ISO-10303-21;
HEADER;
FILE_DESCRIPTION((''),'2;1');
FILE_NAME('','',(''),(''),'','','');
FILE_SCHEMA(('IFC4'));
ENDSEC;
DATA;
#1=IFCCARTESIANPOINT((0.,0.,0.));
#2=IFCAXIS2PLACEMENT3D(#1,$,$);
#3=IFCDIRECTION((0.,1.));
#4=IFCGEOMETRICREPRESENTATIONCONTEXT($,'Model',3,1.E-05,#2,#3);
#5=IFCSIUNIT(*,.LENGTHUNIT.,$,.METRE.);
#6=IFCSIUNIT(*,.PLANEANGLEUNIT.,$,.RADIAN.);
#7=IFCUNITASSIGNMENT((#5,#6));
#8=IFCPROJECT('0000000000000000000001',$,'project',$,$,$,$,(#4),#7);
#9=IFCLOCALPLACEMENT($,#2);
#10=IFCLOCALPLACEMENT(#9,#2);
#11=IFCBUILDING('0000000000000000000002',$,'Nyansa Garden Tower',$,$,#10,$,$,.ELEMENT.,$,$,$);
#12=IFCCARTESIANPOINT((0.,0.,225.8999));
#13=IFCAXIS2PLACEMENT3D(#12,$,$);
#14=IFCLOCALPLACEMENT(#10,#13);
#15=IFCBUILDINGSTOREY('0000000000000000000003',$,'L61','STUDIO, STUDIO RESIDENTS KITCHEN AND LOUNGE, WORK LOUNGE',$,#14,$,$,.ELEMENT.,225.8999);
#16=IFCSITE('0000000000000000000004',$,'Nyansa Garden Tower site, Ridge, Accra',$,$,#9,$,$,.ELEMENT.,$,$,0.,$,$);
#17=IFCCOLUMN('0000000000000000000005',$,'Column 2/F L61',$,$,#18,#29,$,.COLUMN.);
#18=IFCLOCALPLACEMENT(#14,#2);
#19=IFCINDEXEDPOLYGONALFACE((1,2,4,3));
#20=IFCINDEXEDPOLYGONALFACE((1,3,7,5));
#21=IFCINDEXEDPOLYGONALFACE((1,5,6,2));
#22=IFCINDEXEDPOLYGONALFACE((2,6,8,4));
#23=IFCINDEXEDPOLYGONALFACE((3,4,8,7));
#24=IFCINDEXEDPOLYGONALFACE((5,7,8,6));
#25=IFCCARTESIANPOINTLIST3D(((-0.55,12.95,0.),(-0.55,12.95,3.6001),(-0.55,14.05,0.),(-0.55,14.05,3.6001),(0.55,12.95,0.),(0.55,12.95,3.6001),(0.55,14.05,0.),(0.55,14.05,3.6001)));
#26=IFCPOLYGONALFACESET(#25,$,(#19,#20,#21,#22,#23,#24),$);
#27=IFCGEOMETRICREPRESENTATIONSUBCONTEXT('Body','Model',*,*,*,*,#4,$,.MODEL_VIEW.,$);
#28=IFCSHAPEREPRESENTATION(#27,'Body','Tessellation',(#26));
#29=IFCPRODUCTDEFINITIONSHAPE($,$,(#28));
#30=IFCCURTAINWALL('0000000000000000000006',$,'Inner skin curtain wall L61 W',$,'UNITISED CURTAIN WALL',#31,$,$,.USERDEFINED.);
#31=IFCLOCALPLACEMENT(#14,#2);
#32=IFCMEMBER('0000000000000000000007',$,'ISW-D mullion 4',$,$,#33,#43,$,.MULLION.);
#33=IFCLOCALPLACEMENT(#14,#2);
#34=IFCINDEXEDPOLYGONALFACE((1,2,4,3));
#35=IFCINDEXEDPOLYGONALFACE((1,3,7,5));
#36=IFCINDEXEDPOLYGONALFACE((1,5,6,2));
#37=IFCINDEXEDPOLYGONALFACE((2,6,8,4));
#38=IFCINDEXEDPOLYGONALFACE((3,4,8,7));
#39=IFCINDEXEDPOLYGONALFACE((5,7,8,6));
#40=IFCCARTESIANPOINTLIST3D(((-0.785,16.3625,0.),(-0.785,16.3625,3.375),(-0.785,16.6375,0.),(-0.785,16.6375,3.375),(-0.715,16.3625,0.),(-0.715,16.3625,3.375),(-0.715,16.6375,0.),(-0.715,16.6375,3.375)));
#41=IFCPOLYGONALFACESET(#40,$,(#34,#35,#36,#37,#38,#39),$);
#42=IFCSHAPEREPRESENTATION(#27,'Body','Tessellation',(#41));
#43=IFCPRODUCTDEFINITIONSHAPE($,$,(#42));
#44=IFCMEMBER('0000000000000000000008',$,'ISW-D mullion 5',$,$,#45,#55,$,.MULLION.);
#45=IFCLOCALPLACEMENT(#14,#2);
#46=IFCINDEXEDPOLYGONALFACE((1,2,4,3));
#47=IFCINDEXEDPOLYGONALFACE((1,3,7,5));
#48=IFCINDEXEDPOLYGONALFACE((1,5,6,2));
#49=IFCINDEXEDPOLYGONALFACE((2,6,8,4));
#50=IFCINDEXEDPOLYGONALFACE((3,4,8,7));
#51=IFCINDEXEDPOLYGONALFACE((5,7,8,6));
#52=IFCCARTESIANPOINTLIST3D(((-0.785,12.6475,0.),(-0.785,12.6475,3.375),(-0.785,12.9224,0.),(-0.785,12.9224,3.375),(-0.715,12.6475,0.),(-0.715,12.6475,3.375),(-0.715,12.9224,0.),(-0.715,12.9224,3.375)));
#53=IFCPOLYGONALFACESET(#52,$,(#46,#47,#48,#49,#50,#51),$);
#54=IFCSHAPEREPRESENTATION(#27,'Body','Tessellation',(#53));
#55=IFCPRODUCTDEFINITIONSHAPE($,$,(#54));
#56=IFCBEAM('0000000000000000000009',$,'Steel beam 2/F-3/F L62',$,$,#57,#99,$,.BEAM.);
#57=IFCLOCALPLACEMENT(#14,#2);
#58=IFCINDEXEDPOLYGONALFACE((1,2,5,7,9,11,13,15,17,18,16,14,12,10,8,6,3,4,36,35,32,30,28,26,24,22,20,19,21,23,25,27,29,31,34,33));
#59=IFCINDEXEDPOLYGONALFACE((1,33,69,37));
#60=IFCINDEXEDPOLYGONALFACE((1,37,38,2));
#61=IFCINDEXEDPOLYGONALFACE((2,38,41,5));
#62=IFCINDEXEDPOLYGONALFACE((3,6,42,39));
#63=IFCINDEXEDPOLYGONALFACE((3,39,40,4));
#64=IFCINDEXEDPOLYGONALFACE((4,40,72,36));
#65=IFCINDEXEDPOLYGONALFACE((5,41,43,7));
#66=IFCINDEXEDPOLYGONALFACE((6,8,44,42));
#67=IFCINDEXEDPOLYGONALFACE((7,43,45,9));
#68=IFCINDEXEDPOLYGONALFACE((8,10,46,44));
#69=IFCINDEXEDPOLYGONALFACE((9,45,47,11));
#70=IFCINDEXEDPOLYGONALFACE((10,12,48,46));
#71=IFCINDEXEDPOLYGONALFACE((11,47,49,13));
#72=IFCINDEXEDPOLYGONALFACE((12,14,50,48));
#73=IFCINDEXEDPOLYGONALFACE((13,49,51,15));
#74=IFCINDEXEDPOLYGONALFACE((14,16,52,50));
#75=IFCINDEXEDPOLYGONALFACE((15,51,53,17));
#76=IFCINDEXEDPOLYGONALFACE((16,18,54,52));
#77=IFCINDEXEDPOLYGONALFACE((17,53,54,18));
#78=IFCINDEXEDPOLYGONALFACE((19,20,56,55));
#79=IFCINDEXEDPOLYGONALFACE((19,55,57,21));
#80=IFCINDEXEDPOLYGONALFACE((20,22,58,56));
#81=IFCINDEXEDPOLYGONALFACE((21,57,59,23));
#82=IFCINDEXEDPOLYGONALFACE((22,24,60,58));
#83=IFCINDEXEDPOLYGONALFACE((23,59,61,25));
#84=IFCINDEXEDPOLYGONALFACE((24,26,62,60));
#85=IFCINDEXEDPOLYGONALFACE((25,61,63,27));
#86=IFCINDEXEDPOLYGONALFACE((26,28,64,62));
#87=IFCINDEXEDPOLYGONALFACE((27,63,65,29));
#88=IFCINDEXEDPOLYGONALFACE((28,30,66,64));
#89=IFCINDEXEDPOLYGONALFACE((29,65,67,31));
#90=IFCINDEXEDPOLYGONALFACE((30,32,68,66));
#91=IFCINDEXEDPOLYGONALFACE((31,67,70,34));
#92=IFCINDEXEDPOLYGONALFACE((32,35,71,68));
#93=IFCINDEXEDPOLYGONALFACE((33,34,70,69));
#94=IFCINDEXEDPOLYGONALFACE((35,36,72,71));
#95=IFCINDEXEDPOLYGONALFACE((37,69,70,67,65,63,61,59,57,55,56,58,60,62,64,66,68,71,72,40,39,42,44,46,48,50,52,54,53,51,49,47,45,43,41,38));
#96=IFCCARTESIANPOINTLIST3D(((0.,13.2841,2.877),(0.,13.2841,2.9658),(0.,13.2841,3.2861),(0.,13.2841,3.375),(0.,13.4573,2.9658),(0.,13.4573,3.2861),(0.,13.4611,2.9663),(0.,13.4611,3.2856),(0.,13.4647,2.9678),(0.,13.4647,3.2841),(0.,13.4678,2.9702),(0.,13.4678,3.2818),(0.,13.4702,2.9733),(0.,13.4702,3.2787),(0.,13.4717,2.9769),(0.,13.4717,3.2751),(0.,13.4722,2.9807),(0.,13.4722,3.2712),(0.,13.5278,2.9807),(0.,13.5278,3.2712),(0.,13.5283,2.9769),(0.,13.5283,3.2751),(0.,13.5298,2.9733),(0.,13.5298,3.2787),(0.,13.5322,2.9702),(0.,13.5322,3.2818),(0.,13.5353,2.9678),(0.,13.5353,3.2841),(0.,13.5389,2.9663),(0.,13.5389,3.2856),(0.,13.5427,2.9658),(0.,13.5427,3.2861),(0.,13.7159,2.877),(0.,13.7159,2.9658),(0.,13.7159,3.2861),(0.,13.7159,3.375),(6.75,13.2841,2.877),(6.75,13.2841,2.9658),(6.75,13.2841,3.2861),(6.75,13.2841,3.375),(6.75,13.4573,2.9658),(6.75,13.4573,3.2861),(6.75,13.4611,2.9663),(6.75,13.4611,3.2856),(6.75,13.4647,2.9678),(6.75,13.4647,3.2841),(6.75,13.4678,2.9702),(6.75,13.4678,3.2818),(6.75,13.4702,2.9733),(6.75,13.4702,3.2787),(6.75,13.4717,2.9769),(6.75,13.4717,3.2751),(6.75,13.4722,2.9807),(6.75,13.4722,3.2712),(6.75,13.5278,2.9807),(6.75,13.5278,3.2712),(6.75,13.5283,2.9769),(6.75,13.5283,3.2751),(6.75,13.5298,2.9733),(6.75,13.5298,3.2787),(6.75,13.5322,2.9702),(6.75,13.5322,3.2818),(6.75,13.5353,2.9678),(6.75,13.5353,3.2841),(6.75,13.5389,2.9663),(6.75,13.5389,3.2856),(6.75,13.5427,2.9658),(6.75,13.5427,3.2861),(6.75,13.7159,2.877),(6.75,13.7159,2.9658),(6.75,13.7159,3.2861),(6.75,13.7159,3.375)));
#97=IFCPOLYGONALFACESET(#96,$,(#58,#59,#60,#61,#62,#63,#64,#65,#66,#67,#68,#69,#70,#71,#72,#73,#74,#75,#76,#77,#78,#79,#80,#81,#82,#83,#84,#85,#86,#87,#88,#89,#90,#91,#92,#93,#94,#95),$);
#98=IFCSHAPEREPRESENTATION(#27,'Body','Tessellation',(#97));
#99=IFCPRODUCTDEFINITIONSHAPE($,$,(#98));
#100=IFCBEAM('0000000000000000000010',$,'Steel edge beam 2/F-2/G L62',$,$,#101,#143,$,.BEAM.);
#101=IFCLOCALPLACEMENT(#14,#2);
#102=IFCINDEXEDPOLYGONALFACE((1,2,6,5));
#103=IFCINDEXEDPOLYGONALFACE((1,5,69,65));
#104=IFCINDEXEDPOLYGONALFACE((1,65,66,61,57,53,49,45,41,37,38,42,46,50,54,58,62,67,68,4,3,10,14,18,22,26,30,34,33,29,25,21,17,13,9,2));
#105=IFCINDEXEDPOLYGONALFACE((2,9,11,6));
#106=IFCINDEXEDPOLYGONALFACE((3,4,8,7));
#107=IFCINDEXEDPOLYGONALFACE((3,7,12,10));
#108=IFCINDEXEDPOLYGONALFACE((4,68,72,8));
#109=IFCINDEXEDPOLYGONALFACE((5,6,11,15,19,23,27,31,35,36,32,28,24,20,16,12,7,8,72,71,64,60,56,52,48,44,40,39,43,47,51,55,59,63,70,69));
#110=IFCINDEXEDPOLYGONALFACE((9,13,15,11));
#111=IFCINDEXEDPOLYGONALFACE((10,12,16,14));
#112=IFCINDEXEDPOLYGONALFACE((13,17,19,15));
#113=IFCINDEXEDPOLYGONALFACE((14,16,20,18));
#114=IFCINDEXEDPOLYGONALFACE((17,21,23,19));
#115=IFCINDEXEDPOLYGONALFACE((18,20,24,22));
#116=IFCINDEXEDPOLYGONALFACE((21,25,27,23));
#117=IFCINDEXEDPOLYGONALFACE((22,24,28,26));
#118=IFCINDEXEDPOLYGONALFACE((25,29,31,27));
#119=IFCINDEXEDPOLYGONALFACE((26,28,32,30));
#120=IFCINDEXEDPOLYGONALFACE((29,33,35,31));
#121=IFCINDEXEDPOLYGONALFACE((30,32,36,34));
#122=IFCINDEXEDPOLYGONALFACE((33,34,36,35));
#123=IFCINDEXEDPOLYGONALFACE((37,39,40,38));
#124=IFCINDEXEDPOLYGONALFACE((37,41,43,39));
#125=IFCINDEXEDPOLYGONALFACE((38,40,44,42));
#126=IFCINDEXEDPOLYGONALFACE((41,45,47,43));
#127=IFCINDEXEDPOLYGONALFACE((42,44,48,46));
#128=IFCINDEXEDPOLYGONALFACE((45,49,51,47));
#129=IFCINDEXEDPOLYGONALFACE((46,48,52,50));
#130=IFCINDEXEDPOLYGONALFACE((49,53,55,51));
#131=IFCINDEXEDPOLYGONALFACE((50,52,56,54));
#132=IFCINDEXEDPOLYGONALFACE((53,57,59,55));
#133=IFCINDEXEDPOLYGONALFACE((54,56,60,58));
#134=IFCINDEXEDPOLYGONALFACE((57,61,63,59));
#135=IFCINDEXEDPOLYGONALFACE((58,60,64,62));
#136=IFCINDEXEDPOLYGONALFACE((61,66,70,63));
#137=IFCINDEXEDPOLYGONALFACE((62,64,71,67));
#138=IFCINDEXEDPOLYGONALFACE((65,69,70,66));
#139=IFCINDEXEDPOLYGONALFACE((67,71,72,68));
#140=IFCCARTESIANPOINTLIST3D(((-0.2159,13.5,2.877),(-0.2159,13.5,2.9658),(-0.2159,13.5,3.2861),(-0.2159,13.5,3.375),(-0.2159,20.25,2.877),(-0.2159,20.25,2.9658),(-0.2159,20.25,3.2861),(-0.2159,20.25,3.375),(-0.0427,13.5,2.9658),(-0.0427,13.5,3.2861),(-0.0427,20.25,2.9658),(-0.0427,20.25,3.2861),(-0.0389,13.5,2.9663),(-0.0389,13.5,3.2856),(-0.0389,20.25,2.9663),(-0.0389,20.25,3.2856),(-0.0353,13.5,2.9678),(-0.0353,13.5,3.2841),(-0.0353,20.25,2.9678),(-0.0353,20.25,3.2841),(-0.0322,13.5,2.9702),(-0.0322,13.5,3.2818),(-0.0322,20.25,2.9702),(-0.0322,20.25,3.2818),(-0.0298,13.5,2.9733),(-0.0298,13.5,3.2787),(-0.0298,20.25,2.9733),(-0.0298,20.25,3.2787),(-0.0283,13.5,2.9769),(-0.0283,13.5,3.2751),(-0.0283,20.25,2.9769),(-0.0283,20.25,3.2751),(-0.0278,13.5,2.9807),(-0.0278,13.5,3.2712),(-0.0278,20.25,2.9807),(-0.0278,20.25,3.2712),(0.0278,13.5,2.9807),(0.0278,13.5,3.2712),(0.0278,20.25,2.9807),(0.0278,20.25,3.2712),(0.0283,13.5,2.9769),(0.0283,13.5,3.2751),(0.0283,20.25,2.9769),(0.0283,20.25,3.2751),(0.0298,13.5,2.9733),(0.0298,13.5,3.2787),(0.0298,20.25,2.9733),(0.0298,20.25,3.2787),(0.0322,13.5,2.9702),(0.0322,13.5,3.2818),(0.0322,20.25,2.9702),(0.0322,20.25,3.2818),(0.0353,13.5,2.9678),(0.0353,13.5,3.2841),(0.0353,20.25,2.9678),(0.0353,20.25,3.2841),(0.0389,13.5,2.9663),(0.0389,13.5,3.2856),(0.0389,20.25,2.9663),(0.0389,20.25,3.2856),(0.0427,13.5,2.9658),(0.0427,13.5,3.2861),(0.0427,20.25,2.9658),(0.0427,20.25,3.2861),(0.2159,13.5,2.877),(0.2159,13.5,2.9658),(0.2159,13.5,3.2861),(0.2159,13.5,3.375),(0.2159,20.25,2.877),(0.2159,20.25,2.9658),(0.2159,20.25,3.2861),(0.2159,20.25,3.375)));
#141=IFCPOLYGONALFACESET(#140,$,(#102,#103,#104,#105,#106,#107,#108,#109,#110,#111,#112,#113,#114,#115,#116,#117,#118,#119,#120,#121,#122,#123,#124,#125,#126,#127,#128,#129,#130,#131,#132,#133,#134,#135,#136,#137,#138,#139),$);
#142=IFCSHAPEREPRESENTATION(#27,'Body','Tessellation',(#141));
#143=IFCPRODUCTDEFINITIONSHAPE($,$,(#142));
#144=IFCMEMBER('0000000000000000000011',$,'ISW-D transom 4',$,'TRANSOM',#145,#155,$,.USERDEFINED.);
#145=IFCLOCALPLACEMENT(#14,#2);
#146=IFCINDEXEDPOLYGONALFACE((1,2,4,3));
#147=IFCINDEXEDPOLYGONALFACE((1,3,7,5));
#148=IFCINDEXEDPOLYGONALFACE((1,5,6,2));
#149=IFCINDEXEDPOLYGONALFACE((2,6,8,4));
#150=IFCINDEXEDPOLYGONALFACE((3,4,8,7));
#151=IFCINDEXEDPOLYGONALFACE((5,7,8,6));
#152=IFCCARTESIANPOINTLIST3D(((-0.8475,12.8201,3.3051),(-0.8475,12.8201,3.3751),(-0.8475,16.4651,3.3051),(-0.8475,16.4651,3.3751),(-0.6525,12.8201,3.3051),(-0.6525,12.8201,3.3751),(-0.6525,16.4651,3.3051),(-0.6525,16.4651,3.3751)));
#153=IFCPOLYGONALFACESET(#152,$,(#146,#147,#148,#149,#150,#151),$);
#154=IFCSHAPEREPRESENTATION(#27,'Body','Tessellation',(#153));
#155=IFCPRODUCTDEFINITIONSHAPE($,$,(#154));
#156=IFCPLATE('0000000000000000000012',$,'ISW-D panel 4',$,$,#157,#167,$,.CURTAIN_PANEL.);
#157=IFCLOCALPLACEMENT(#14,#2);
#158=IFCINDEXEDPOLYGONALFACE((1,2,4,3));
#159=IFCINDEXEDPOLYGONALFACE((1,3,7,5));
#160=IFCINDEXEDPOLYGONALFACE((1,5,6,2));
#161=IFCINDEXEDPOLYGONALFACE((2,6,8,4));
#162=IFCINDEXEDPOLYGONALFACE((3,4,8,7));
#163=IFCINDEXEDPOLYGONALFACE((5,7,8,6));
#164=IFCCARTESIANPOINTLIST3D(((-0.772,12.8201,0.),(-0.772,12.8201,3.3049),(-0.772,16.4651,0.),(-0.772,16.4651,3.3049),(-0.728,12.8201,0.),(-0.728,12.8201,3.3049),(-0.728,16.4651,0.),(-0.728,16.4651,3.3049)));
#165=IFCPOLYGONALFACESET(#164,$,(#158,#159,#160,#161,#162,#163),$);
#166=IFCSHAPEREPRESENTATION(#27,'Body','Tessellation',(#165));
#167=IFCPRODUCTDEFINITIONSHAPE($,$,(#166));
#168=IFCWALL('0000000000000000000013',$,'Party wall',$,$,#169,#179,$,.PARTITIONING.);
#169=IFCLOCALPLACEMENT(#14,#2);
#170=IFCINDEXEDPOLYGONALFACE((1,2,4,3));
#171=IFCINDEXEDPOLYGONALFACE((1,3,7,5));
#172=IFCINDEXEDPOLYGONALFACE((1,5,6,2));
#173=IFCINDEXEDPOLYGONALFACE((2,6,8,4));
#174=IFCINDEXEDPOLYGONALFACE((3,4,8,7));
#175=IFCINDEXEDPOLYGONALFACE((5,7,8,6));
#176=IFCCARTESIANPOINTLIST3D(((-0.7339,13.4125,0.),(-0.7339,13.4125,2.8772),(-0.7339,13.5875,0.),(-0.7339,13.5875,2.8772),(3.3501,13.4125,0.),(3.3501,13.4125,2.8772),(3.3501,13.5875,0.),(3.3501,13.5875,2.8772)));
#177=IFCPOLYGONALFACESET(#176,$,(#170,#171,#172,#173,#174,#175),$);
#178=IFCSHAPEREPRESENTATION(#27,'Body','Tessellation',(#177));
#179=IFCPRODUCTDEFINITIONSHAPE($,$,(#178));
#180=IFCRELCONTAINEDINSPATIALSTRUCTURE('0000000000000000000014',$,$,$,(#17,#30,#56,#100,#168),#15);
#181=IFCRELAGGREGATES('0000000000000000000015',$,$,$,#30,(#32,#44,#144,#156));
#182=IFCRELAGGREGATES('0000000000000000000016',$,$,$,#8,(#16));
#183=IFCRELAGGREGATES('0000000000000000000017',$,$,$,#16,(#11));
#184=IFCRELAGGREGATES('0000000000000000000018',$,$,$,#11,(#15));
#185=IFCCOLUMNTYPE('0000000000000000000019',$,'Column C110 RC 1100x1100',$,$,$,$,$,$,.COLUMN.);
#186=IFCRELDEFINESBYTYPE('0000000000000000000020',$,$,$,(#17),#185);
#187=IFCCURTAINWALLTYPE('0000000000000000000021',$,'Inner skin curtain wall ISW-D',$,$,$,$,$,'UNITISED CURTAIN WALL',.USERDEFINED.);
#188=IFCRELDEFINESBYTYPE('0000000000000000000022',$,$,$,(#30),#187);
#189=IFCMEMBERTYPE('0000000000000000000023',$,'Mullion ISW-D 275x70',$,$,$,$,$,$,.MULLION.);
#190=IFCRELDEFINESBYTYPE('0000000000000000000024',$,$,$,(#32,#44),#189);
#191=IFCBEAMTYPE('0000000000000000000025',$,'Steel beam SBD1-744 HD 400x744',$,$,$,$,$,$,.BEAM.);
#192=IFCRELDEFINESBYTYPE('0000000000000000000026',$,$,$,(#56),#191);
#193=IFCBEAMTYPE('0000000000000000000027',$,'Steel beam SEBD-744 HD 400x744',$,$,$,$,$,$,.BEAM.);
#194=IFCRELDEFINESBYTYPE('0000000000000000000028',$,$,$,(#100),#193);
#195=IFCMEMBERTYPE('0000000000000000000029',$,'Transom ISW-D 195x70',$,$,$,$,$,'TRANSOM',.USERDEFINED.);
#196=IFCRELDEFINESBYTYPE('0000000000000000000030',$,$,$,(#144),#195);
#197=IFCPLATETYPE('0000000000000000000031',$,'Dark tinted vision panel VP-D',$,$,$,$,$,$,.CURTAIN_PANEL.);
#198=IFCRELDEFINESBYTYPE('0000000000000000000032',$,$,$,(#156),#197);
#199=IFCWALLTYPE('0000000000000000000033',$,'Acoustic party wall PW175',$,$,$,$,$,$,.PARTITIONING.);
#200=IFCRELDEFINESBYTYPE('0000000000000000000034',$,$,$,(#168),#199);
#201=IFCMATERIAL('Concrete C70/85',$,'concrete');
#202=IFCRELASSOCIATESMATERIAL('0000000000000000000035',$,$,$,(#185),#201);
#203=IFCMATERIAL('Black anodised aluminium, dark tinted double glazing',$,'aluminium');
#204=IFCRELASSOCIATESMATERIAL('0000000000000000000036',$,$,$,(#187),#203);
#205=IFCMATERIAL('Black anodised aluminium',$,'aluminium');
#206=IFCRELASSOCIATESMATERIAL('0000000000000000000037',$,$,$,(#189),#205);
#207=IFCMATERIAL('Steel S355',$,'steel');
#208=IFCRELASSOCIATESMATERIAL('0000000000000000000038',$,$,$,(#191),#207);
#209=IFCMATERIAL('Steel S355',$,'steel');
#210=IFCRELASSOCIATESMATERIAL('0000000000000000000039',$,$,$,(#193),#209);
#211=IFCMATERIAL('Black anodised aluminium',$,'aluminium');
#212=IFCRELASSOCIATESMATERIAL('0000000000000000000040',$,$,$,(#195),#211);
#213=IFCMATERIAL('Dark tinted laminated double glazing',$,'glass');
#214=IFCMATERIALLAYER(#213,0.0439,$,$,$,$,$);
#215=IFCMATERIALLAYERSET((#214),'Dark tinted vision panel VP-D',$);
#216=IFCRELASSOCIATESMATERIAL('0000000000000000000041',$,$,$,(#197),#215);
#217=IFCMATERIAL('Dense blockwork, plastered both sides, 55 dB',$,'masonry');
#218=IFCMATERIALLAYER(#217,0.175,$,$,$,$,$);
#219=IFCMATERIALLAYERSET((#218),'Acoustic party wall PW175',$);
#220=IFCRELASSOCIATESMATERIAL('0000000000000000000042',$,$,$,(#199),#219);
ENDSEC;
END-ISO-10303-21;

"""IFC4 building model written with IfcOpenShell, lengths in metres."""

from ifc_helpers import new_model, si_unit, direction, frame, frame_2d, origin, origin_2d, place, context, subcontext, project, spatial, rectangle, i_section, extrude, material, layer, layer_set, material_profile, profile_set, type_object, element, aggregate, save


model = new_model("IFC4")

# Units and contexts
model_context = context("Model", 3, precision=1e-05, world=origin(), true_north=direction((0.0, 1.0)))
body_context = subcontext(model_context, "Body", "Model", "MODEL_VIEW")
ifc_project = project(units=[si_unit("LENGTHUNIT", "METRE"), si_unit("PLANEANGLEUNIT", "RADIAN")], contexts=[model_context])

# Site, building, storey
site_placement = place(None, origin())
site = spatial("IfcSite", under=ifc_project, at=site_placement, Name="Nyansa Garden Tower site, Ridge, Accra", CompositionType="ELEMENT", RefElevation=0.0)
building_placement = place(site_placement, origin())
building = spatial("IfcBuilding", under=site, at=building_placement, Name="Nyansa Garden Tower", CompositionType="ELEMENT")
storey_placement = place(building_placement, frame((0.0, 0.0, 225.8999)))
storey = spatial("IfcBuildingStorey", under=building, at=storey_placement, Name="L61", Description="STUDIO, STUDIO RESIDENTS KITCHEN AND LOUNGE, WORK LOUNGE", CompositionType="ELEMENT", Elevation=225.8999)

# Column
ifc_material_1 = material(Name="Concrete C70/85", Category="concrete")
ifc_material_profile_1 = material_profile(ifc_material_1, rectangle(XDim=1.1001, YDim=1.1001, at=origin_2d()), Name="RC 1100x1100")
ifc_profile_set_1 = profile_set([ifc_material_profile_1], Name="Concrete C70/85")
column_type = type_object("IfcColumnType", Name="Column C110 RC 1100x1100", PredefinedType="COLUMN", material=ifc_profile_set_1)
column_placement = place(storey_placement, frame((0.0, 13.5, 0.0), z_axis=(0.0, 0.0, 1.0), x_axis=(1.0, 0.0, 0.0)))
element("IfcColumn", 1, at=column_placement, inside=storey, type_object=column_type, Name="Column 2/F L61", PredefinedType="COLUMN", context=body_context, shape_type="SweptSolid", body=[
    extrude(rectangle(XDim=1.1001, YDim=1.1001, at=origin_2d()), origin(), (0.0, 0.0, 1.0), 3.6001),
])

# Curtain wall, members
ifc_material_2 = material(Name="Black anodised aluminium, dark tinted double glazing", Category="aluminium")
curtain_wall_type = type_object("IfcCurtainWallType", Name="Inner skin curtain wall ISW-D", ElementType="UNITISED CURTAIN WALL", PredefinedType="USERDEFINED", material=ifc_material_2)
curtain_wall_placement = place(storey_placement, origin())
curtain_wall = element("IfcCurtainWall", 2, at=curtain_wall_placement, inside=storey, type_object=curtain_wall_type, Name="Inner skin curtain wall L61 W", ObjectType="UNITISED CURTAIN WALL", PredefinedType="USERDEFINED")
ifc_material_3 = material(Name="Black anodised aluminium", Category="aluminium")
ifc_material_profile_2 = material_profile(ifc_material_3, rectangle(XDim=0.0701, YDim=0.2749, at=origin_2d()), Name="Mullion 275x70")
ifc_profile_set_2 = profile_set([ifc_material_profile_2], Name="Black anodised aluminium")
member_type_1 = type_object("IfcMemberType", Name="Mullion ISW-D 275x70", PredefinedType="MULLION", material=ifc_profile_set_2)
member_1_placement = place(storey_placement, frame((-0.75, 16.5, 0.0), z_axis=(0.0, 0.0, 1.0), x_axis=(1.0, 0.0, 0.0)))
member_1 = element("IfcMember", 3, at=member_1_placement, type_object=member_type_1, Name="ISW-D mullion 4", PredefinedType="MULLION", context=body_context, shape_type="SweptSolid", body=[
    extrude(rectangle(XDim=0.0701, YDim=0.2749, at=origin_2d()), origin(), (0.0, 0.0, 1.0), 3.375),
])
member_2_placement = place(storey_placement, frame((-0.75, 12.7849, 0.0), z_axis=(0.0, 0.0, 1.0), x_axis=(1.0, 0.0, 0.0)))
member_2 = element("IfcMember", 4, at=member_2_placement, type_object=member_type_1, Name="ISW-D mullion 5", PredefinedType="MULLION", context=body_context, shape_type="SweptSolid", body=[
    extrude(rectangle(XDim=0.0701, YDim=0.2749, at=origin_2d()), origin(), (0.0, 0.0, 1.0), 3.375),
])

# Beams
ifc_material_4 = material(Name="Steel S355", Category="steel")
ifc_material_profile_3 = material_profile(ifc_material_4, i_section(OverallWidth=0.4319, OverallDepth=0.498, WebThickness=0.0557, FlangeThickness=0.0889, FilletRadius=0.0149, at=origin_2d()), Name="HD 400x744")
ifc_profile_set_3 = profile_set([ifc_material_profile_3], Name="Steel S355")
beam_type_1 = type_object("IfcBeamType", Name="Steel beam SBD1-744 HD 400x744", PredefinedType="BEAM", material=ifc_profile_set_3)
beam_1_placement = place(storey_placement, frame((0.0, 13.5, 3.126), z_axis=(1.0, 0.0, 0.0), x_axis=(0.0, 1.0, 0.0)))
element("IfcBeam", 5, at=beam_1_placement, inside=storey, type_object=beam_type_1, Name="Steel beam 2/F-3/F L62", PredefinedType="BEAM", context=body_context, shape_type="SweptSolid", body=[
    extrude(i_section(OverallWidth=0.4319, OverallDepth=0.498, WebThickness=0.0557, FlangeThickness=0.0889, FilletRadius=0.0149, at=origin_2d()), origin(), (0.0, 0.0, 1.0), 6.75),
])
ifc_material_5 = material(Name="Steel S355", Category="steel")
ifc_material_profile_4 = material_profile(ifc_material_5, i_section(OverallWidth=0.4319, OverallDepth=0.498, WebThickness=0.0557, FlangeThickness=0.0889, FilletRadius=0.0149, at=origin_2d()), Name="HD 400x744")
ifc_profile_set_4 = profile_set([ifc_material_profile_4], Name="Steel S355")
beam_type_2 = type_object("IfcBeamType", Name="Steel beam SEBD-744 HD 400x744", PredefinedType="BEAM", material=ifc_profile_set_4)
beam_2_placement = place(storey_placement, frame((0.0, 13.5, 3.126), z_axis=(0.0, 1.0, 0.0), x_axis=(-1.0, 0.0, 0.0)))
element("IfcBeam", 6, at=beam_2_placement, inside=storey, type_object=beam_type_2, Name="Steel edge beam 2/F-2/G L62", PredefinedType="BEAM", context=body_context, shape_type="SweptSolid", body=[
    extrude(i_section(OverallWidth=0.4319, OverallDepth=0.498, WebThickness=0.0557, FlangeThickness=0.0889, FilletRadius=0.0149, at=origin_2d()), origin(), (0.0, 0.0, 1.0), 6.75),
])

# Member
ifc_material_6 = material(Name="Black anodised aluminium", Category="aluminium")
ifc_material_profile_5 = material_profile(ifc_material_6, rectangle(XDim=0.1951, YDim=0.0701, at=origin_2d()), Name="Transom 195x70")
ifc_profile_set_5 = profile_set([ifc_material_profile_5], Name="Black anodised aluminium")
member_type_2 = type_object("IfcMemberType", Name="Transom ISW-D 195x70", ElementType="TRANSOM", PredefinedType="USERDEFINED", material=ifc_profile_set_5)
member_3_placement = place(storey_placement, frame((-0.75, 16.4651, 3.3401), z_axis=(0.0, -1.0, 0.0), x_axis=(1.0, 0.0, 0.0)))
member_3 = element("IfcMember", 7, at=member_3_placement, type_object=member_type_2, Name="ISW-D transom 4", ObjectType="TRANSOM", PredefinedType="USERDEFINED", context=body_context, shape_type="SweptSolid", body=[
    extrude(rectangle(XDim=0.1951, YDim=0.0701, at=origin_2d()), origin(), (0.0, 0.0, 1.0), 3.645),
])

# Plate
ifc_material_7 = material(Name="Dark tinted laminated double glazing", Category="glass")
ifc_layer_1 = layer(ifc_material_7, 0.0439)
ifc_layer_set_1 = layer_set([ifc_layer_1], Name="Dark tinted vision panel VP-D")
plate_type = type_object("IfcPlateType", Name="Dark tinted vision panel VP-D", PredefinedType="CURTAIN_PANEL", material=ifc_layer_set_1)
plate_placement = place(storey_placement, frame((-0.75, 14.6426, 0.0), z_axis=(0.0, 0.0, 1.0), x_axis=(0.0, -1.0, 0.0)))
plate = element("IfcPlate", 8, at=plate_placement, type_object=plate_type, Name="ISW-D panel 4", PredefinedType="CURTAIN_PANEL", context=body_context, shape_type="SweptSolid", body=[
    extrude(rectangle(XDim=3.645, YDim=0.0439, at=origin_2d()), origin(), (0.0, 0.0, 1.0), 3.3049),
])
aggregate(curtain_wall, [member_1, member_2, member_3, plate])

# Wall
ifc_material_8 = material(Name="Dense blockwork, plastered both sides, 55 dB", Category="masonry")
ifc_layer_2 = layer(ifc_material_8, 0.175)
ifc_layer_set_2 = layer_set([ifc_layer_2], Name="Acoustic party wall PW175")
wall_type_1 = type_object("IfcWallType", Name="Acoustic party wall PW175", PredefinedType="PARTITIONING", material=ifc_layer_set_2)
wall_1_placement = place(storey_placement, frame((-0.7339, 13.5, 0.0), z_axis=(0.0, 0.0, 1.0), x_axis=(1.0, 0.0, 0.0)))
element("IfcWall", 9, at=wall_1_placement, inside=storey, type_object=wall_type_1, Name="Party wall", PredefinedType="PARTITIONING", context=body_context, shape_type="SweptSolid", body=[
    extrude(rectangle(XDim=4.084, YDim=0.175, at=frame_2d((2.042, 0.0))), origin(), (0.0, 0.0, 1.0), 2.8772),
])

save(model, "model.ifc")
